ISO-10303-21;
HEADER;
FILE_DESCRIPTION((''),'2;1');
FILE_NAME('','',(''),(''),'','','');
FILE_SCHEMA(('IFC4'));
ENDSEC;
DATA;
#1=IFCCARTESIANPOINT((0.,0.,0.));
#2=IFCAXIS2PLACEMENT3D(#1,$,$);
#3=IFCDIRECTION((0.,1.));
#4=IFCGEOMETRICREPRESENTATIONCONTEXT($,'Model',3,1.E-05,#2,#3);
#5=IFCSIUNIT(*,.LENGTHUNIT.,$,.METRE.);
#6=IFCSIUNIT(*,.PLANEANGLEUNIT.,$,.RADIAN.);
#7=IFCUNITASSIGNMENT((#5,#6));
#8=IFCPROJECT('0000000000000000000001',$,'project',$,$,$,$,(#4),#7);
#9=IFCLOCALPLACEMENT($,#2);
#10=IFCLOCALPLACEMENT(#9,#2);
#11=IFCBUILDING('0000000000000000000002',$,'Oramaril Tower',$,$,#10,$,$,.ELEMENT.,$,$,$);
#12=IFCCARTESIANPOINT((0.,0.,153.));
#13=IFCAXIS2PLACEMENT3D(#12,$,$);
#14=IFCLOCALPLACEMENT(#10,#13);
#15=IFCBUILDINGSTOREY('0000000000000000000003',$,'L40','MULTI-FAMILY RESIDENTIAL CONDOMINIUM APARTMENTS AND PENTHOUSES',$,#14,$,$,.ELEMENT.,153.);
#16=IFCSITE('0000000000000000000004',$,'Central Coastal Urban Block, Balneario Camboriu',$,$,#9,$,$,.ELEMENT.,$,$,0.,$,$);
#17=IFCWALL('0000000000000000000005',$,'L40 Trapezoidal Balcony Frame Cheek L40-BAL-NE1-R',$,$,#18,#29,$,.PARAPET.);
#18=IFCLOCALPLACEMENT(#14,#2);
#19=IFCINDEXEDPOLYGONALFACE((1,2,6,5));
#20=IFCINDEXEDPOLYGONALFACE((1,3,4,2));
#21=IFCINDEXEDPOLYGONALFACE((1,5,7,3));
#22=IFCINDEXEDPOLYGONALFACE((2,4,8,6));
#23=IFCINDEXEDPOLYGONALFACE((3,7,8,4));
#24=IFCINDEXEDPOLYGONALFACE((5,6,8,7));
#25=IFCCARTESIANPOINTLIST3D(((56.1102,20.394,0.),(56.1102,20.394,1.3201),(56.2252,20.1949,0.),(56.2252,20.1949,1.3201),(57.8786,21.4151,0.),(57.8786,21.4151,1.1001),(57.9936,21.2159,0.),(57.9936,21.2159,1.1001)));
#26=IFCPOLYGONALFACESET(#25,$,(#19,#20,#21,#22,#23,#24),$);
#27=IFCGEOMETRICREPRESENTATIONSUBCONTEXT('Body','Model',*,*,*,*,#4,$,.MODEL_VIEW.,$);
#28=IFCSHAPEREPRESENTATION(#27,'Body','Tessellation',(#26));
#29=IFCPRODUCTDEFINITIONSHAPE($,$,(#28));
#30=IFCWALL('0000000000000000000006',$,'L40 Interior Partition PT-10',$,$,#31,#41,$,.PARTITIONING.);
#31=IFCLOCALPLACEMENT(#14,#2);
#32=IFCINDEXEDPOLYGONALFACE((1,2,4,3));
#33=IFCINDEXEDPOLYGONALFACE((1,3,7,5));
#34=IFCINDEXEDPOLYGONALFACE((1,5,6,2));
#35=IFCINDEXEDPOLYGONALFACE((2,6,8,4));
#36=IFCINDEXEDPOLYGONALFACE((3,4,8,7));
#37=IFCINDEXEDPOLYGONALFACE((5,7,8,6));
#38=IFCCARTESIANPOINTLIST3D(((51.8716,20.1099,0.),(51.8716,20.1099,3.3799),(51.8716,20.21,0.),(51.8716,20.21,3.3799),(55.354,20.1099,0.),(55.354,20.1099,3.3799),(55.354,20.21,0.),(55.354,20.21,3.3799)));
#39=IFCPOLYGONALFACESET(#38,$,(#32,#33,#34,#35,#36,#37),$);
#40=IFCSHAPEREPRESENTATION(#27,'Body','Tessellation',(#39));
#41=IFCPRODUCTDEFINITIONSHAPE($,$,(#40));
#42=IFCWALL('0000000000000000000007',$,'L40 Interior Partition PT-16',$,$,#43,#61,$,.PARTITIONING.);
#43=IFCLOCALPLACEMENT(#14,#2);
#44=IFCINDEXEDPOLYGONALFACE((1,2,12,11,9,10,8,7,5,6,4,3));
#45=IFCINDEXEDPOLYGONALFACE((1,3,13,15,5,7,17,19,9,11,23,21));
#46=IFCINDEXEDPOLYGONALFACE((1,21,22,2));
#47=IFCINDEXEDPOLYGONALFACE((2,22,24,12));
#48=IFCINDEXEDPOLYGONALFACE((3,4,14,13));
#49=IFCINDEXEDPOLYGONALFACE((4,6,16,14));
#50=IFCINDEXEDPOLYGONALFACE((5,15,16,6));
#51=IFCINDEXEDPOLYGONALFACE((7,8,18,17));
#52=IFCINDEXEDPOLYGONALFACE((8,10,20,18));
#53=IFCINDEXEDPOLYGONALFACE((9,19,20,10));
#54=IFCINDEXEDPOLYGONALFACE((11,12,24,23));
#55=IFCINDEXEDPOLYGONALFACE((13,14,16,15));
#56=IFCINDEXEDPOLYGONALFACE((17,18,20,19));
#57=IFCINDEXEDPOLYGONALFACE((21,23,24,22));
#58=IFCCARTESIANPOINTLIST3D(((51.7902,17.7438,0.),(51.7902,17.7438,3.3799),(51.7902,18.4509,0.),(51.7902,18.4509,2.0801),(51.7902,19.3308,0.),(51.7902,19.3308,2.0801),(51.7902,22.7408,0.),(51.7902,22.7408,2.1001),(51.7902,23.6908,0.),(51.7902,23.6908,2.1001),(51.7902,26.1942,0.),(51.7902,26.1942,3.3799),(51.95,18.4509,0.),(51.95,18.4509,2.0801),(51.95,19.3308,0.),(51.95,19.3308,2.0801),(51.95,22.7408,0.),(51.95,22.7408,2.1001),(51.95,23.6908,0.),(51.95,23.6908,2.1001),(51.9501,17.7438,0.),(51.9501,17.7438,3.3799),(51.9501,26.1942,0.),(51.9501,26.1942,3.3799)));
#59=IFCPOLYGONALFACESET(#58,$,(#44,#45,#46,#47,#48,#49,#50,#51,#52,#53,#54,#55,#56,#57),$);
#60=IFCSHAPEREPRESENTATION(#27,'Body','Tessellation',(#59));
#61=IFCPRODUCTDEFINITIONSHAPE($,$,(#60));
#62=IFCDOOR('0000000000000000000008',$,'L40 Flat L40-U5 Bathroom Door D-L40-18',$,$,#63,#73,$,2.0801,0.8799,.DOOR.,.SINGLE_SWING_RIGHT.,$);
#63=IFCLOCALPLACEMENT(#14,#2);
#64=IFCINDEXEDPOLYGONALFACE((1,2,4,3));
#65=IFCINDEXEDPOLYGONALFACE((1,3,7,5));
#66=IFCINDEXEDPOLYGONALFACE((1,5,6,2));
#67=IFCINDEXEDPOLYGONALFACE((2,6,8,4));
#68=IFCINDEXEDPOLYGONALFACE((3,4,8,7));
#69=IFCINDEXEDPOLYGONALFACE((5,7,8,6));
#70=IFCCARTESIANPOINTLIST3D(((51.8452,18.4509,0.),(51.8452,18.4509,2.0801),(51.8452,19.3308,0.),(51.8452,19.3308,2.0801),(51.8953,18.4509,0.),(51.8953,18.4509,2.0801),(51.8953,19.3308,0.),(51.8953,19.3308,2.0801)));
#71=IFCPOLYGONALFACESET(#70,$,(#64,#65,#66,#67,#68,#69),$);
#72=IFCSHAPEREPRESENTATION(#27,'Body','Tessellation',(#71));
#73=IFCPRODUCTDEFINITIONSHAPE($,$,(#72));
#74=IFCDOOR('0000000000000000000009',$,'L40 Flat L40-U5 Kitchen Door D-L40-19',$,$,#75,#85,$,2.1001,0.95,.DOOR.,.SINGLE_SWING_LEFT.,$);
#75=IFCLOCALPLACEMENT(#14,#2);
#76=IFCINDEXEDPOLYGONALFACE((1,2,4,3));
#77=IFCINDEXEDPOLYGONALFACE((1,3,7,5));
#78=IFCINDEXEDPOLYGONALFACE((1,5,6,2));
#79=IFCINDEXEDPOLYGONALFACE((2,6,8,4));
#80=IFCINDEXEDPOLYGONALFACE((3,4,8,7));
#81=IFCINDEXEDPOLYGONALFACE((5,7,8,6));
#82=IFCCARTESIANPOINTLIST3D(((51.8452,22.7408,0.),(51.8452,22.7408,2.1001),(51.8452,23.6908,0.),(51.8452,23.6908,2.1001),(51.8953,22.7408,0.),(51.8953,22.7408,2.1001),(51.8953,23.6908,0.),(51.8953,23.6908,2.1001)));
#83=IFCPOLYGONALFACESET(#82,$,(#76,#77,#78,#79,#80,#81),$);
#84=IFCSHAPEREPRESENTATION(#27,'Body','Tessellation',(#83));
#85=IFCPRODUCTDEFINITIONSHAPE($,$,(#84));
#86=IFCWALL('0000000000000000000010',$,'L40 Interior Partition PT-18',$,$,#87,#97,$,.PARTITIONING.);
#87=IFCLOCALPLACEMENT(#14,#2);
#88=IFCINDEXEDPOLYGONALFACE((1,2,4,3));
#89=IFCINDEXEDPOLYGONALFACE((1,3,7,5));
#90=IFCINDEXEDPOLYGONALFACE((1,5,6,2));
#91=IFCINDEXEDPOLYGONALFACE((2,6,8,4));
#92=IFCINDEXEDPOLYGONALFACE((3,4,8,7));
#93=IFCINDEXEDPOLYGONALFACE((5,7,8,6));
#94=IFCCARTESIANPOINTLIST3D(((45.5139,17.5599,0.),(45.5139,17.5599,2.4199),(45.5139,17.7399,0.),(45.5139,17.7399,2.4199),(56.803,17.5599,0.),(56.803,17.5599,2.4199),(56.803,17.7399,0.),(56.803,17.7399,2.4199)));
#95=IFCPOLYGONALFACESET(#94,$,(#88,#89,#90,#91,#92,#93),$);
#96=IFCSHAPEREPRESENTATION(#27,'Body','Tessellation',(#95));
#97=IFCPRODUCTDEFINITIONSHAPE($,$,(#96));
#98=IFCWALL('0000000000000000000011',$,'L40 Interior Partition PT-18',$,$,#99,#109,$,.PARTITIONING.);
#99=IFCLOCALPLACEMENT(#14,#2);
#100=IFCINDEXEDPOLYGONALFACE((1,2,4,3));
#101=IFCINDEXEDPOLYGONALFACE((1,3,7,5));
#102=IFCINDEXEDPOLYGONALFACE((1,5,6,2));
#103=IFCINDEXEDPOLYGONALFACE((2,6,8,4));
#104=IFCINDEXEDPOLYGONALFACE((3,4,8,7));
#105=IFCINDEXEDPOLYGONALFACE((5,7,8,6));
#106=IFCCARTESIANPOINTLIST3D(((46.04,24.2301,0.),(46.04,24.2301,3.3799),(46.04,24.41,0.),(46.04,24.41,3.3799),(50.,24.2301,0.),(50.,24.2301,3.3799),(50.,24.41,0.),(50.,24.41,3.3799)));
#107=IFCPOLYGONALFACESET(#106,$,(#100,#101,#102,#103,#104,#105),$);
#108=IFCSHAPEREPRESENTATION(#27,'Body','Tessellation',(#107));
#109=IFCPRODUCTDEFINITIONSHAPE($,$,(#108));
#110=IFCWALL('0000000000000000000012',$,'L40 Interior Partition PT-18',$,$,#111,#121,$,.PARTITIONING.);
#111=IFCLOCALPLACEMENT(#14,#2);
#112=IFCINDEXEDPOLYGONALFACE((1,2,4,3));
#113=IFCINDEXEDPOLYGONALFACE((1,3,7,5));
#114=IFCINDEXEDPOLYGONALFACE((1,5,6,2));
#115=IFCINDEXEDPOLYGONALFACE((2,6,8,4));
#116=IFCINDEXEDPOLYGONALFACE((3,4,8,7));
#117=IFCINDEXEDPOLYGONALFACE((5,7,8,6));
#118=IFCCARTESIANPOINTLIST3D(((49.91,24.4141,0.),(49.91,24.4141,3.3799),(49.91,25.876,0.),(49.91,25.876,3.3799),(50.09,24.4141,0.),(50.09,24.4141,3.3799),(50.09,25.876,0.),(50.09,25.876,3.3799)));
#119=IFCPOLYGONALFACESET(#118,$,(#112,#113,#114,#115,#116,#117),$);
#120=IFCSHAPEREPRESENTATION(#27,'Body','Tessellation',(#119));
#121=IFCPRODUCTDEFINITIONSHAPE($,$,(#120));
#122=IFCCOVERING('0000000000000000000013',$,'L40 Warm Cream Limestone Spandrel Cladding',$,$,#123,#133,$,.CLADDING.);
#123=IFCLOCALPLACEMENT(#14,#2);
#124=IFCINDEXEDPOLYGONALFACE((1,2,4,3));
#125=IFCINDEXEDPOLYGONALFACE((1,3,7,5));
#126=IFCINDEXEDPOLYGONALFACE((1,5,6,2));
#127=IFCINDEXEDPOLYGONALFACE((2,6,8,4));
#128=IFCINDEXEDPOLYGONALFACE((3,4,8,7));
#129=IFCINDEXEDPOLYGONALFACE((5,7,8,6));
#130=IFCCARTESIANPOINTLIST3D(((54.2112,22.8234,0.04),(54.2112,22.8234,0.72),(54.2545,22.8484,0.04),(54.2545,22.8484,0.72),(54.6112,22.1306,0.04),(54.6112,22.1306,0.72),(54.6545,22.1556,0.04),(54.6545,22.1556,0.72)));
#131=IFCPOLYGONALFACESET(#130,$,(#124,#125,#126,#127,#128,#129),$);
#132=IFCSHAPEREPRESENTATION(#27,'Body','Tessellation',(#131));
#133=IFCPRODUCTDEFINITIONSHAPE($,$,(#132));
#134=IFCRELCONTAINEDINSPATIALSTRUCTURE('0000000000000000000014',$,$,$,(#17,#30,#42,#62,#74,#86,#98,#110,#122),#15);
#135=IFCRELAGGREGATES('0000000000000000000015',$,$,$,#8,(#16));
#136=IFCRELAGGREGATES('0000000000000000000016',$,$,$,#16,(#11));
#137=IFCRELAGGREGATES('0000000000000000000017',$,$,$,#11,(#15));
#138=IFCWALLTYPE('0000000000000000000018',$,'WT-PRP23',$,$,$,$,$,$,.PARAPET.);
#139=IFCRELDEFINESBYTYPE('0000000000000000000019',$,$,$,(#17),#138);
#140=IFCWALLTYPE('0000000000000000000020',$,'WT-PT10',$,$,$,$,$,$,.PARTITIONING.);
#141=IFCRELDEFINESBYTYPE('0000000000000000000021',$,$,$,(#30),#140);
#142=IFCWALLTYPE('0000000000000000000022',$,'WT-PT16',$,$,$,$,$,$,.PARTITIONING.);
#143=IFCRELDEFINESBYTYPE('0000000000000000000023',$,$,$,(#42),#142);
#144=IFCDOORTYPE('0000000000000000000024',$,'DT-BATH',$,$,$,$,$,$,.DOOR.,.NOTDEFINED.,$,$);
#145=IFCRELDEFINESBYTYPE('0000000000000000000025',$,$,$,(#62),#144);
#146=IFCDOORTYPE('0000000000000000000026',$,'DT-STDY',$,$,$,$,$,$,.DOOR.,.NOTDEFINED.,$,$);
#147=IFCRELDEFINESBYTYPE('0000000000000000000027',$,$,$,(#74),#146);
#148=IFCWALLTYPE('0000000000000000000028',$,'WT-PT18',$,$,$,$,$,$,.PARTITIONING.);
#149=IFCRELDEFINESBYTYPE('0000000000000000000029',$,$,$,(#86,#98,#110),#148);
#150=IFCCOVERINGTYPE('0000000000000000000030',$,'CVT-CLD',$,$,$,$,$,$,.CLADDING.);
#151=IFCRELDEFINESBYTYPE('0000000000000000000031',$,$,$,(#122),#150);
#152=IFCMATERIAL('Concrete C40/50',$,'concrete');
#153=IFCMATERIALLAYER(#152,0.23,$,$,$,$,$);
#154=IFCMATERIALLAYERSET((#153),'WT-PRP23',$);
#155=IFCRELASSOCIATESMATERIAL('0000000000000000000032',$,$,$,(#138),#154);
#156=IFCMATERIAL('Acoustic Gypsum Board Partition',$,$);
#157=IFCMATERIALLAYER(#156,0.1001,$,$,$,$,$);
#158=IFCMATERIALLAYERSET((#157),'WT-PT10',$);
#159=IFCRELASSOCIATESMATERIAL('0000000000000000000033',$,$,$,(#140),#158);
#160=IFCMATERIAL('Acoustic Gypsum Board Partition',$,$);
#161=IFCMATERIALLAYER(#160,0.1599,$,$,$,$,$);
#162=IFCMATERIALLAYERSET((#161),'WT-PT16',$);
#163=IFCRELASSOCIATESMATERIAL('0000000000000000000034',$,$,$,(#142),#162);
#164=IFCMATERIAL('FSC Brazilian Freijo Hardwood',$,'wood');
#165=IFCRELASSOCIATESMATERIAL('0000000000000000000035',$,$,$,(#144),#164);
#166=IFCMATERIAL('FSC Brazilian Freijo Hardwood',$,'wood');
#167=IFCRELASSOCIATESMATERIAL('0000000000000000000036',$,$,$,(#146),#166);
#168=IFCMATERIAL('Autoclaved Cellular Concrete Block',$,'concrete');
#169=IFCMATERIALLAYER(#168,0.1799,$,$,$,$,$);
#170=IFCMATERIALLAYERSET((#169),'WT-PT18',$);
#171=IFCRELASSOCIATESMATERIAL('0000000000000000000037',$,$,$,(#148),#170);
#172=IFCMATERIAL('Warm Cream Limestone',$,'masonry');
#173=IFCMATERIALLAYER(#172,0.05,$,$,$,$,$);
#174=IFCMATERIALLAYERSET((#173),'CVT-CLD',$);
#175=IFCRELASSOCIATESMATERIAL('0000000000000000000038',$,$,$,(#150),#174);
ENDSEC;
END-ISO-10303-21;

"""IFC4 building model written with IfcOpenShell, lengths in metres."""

from ifc_helpers import new_model, si_unit, direction, frame, frame_2d, origin, origin_2d, place, context, subcontext, project, spatial, polyline, rectangle, outline, extrude, material, layer, layer_set, type_object, element, fill, save


model = new_model("IFC4")

# Units and contexts
model_context = context("Model", 3, precision=1e-05, world=origin(), true_north=direction((0.0, 1.0)))
body_context = subcontext(model_context, "Body", "Model", "MODEL_VIEW")
ifc_project = project(units=[si_unit("LENGTHUNIT", "METRE"), si_unit("PLANEANGLEUNIT", "RADIAN")], contexts=[model_context])

# Site, building, storey
site_placement = place(None, origin())
site = spatial("IfcSite", under=ifc_project, at=site_placement, Name="Central Coastal Urban Block, Balneario Camboriu", CompositionType="ELEMENT", RefElevation=0.0)
building_placement = place(site_placement, origin())
building = spatial("IfcBuilding", under=site, at=building_placement, Name="Oramaril Tower", CompositionType="ELEMENT")
storey_placement = place(building_placement, frame((0.0, 0.0, 153.0)))
storey = spatial("IfcBuildingStorey", under=building, at=storey_placement, Name="L40", Description="MULTI-FAMILY RESIDENTIAL CONDOMINIUM APARTMENTS AND PENTHOUSES", CompositionType="ELEMENT", Elevation=153.0)

# Walls
ifc_material_1 = material(Name="Concrete C40/50", Category="concrete")
ifc_layer_1 = layer(ifc_material_1, 0.23)
ifc_layer_set_1 = layer_set([ifc_layer_1], Name="WT-PRP23")
wall_type_1 = type_object("IfcWallType", Name="WT-PRP23", PredefinedType="PARAPET", material=ifc_layer_set_1)
wall_1_placement = place(storey_placement, frame((56.1677, 20.2944, 0.0), z_axis=(0.0, 0.0, 1.0), x_axis=(0.866012, 0.500023, 0.0)))
element("IfcWall", 1, at=wall_1_placement, inside=storey, type_object=wall_type_1, Name="L40 Trapezoidal Balcony Frame Cheek L40-BAL-NE1-R", PredefinedType="PARAPET", context=body_context, shape_type="SweptSolid", body=[
    extrude(outline(polyline([(0.0, 0.0), (2.042, 0.0), (2.042, 1.1001), (0.0, 1.3201), (0.0, 0.0)])), frame((0.0, 0.115, 0.0), z_axis=(0.0, -1.0, 0.0), x_axis=(1.0, 0.0, 0.0)), (0.0, 0.0, 1.0), 0.23),
])
ifc_material_2 = material(Name="Acoustic Gypsum Board Partition")
ifc_layer_2 = layer(ifc_material_2, 0.1001)
ifc_layer_set_2 = layer_set([ifc_layer_2], Name="WT-PT10")
wall_type_2 = type_object("IfcWallType", Name="WT-PT10", PredefinedType="PARTITIONING", material=ifc_layer_set_2)
wall_2_placement = place(storey_placement, frame((51.8716, 20.1599, 0.0), z_axis=(0.0, 0.0, 1.0), x_axis=(1.0, 0.0, 0.0)))
element("IfcWall", 2, at=wall_2_placement, inside=storey, type_object=wall_type_2, Name="L40 Interior Partition PT-10", PredefinedType="PARTITIONING", context=body_context, shape_type="SweptSolid", body=[
    extrude(rectangle(XDim=3.4824, YDim=0.1001, at=frame_2d((1.7412, 0.0))), origin(), (0.0, 0.0, 1.0), 3.3799),
])

# Wall, openings, doors
ifc_material_3 = material(Name="Acoustic Gypsum Board Partition")
ifc_layer_3 = layer(ifc_material_3, 0.1599)
ifc_layer_set_3 = layer_set([ifc_layer_3], Name="WT-PT16")
wall_type_3 = type_object("IfcWallType", Name="WT-PT16", PredefinedType="PARTITIONING", material=ifc_layer_set_3)
wall_3_placement = place(storey_placement, frame((51.8701, 17.7439, 0.0), z_axis=(0.0, 0.0, 1.0), x_axis=(0.0, 1.0, 0.0)))
wall_3 = element("IfcWall", 3, at=wall_3_placement, inside=storey, type_object=wall_type_3, Name="L40 Interior Partition PT-16", PredefinedType="PARTITIONING", context=body_context, shape_type="SweptSolid", body=[
    extrude(rectangle(XDim=8.4504, YDim=0.1599, at=frame_2d((4.2251, 0.0))), origin(), (0.0, 0.0, 1.0), 3.3799),
])
opening_1_placement = place(wall_3_placement, frame((0.707, 0.0, 0.0)))
opening_1 = element("IfcOpeningElement", 4, at=opening_1_placement, cuts=wall_3, PredefinedType="OPENING", context=body_context, shape_type="SweptSolid", body=[
    extrude(rectangle(XDim=0.8799, YDim=2.0801, at=frame_2d((0.4399, 1.04))), frame((0.0, 0.0801, 0.0), z_axis=(0.0, -1.0, 0.0), x_axis=(1.0, 0.0, 0.0)), (0.0, 0.0, 1.0), 0.1599),
])
opening_2_placement = place(wall_3_placement, frame((4.9968, 0.0, 0.0)))
opening_2 = element("IfcOpeningElement", 5, at=opening_2_placement, cuts=wall_3, PredefinedType="OPENING", context=body_context, shape_type="SweptSolid", body=[
    extrude(rectangle(XDim=0.95, YDim=2.1001, at=frame_2d((0.4751, 1.05))), frame((0.0, 0.0801, 0.0), z_axis=(0.0, -1.0, 0.0), x_axis=(1.0, 0.0, 0.0)), (0.0, 0.0, 1.0), 0.1599),
])
ifc_material_4 = material(Name="FSC Brazilian Freijo Hardwood", Category="wood")
door_type_1 = type_object("IfcDoorType", Name="DT-BATH", OperationType="NOTDEFINED", PredefinedType="DOOR", material=ifc_material_4)
door_1_placement = place(opening_1_placement, origin())
door_1 = element("IfcDoor", 6, at=door_1_placement, inside=storey, type_object=door_type_1, Name="L40 Flat L40-U5 Bathroom Door D-L40-18", OperationType="SINGLE_SWING_RIGHT", OverallHeight=2.0801, OverallWidth=0.8799, PredefinedType="DOOR", context=body_context, shape_type="SweptSolid", body=[
    extrude(rectangle(XDim=0.8799, YDim=2.0801, at=frame_2d((0.4399, 1.04))), frame((0.0, 0.0249, 0.0), z_axis=(0.0, -1.0, 0.0), x_axis=(1.0, 0.0, 0.0)), (0.0, 0.0, 1.0), 0.05),
])
fill(opening_1, door_1)
ifc_material_5 = material(Name="FSC Brazilian Freijo Hardwood", Category="wood")
door_type_2 = type_object("IfcDoorType", Name="DT-STDY", OperationType="NOTDEFINED", PredefinedType="DOOR", material=ifc_material_5)
door_2_placement = place(opening_2_placement, origin())
door_2 = element("IfcDoor", 7, at=door_2_placement, inside=storey, type_object=door_type_2, Name="L40 Flat L40-U5 Kitchen Door D-L40-19", OperationType="SINGLE_SWING_LEFT", OverallHeight=2.1001, OverallWidth=0.95, PredefinedType="DOOR", context=body_context, shape_type="SweptSolid", body=[
    extrude(rectangle(XDim=0.95, YDim=2.1001, at=frame_2d((0.4751, 1.05))), frame((0.0, 0.0249, 0.0), z_axis=(0.0, -1.0, 0.0), x_axis=(1.0, 0.0, 0.0)), (0.0, 0.0, 1.0), 0.05),
])
fill(opening_2, door_2)

# Walls
ifc_material_6 = material(Name="Autoclaved Cellular Concrete Block", Category="concrete")
ifc_layer_4 = layer(ifc_material_6, 0.1799)
ifc_layer_set_4 = layer_set([ifc_layer_4], Name="WT-PT18")
wall_type_4 = type_object("IfcWallType", Name="WT-PT18", PredefinedType="PARTITIONING", material=ifc_layer_set_4)
wall_4_placement = place(storey_placement, frame((45.5139, 17.6499, 0.0), z_axis=(0.0, 0.0, 1.0), x_axis=(1.0, 0.0, 0.0)))
element("IfcWall", 8, at=wall_4_placement, inside=storey, type_object=wall_type_4, Name="L40 Interior Partition PT-18", PredefinedType="PARTITIONING", context=body_context, shape_type="SweptSolid", body=[
    extrude(rectangle(XDim=11.2891, YDim=0.1799, at=frame_2d((5.6445, 0.0))), origin(), (0.0, 0.0, 1.0), 2.4199),
])
wall_5_placement = place(storey_placement, frame((46.04, 24.3201, 0.0), z_axis=(0.0, 0.0, 1.0), x_axis=(1.0, 0.0, 0.0)))
element("IfcWall", 9, at=wall_5_placement, inside=storey, type_object=wall_type_4, Name="L40 Interior Partition PT-18", PredefinedType="PARTITIONING", context=body_context, shape_type="SweptSolid", body=[
    extrude(rectangle(XDim=3.96, YDim=0.1799, at=frame_2d((1.98, 0.0))), origin(), (0.0, 0.0, 1.0), 3.3799),
])
wall_6_placement = place(storey_placement, frame((50.0, 24.4141, 0.0), z_axis=(0.0, 0.0, 1.0), x_axis=(0.0, 1.0, 0.0)))
element("IfcWall", 10, at=wall_6_placement, inside=storey, type_object=wall_type_4, Name="L40 Interior Partition PT-18", PredefinedType="PARTITIONING", context=body_context, shape_type="SweptSolid", body=[
    extrude(rectangle(XDim=1.4619, YDim=0.1799, at=frame_2d((0.731, 0.0))), origin(), (0.0, 0.0, 1.0), 3.3799),
])

# Covering
ifc_material_7 = material(Name="Warm Cream Limestone", Category="masonry")
ifc_layer_5 = layer(ifc_material_7, 0.05)
ifc_layer_set_5 = layer_set([ifc_layer_5], Name="CVT-CLD")
covering_type = type_object("IfcCoveringType", Name="CVT-CLD", PredefinedType="CLADDING", material=ifc_layer_set_5)
covering_placement = place(storey_placement, frame((54.4329, 22.4895, 0.04), z_axis=(0.0, 0.0, 1.0), x_axis=(-0.5, 0.866025, 0.0)))
element("IfcCovering", 11, at=covering_placement, inside=storey, type_object=covering_type, Name="L40 Warm Cream Limestone Spandrel Cladding", PredefinedType="CLADDING", context=body_context, shape_type="SweptSolid", body=[
    extrude(rectangle(XDim=0.8, YDim=0.05, at=origin_2d()), origin(), (0.0, 0.0, 1.0), 0.6799),
])

save(model, "model.ifc")
